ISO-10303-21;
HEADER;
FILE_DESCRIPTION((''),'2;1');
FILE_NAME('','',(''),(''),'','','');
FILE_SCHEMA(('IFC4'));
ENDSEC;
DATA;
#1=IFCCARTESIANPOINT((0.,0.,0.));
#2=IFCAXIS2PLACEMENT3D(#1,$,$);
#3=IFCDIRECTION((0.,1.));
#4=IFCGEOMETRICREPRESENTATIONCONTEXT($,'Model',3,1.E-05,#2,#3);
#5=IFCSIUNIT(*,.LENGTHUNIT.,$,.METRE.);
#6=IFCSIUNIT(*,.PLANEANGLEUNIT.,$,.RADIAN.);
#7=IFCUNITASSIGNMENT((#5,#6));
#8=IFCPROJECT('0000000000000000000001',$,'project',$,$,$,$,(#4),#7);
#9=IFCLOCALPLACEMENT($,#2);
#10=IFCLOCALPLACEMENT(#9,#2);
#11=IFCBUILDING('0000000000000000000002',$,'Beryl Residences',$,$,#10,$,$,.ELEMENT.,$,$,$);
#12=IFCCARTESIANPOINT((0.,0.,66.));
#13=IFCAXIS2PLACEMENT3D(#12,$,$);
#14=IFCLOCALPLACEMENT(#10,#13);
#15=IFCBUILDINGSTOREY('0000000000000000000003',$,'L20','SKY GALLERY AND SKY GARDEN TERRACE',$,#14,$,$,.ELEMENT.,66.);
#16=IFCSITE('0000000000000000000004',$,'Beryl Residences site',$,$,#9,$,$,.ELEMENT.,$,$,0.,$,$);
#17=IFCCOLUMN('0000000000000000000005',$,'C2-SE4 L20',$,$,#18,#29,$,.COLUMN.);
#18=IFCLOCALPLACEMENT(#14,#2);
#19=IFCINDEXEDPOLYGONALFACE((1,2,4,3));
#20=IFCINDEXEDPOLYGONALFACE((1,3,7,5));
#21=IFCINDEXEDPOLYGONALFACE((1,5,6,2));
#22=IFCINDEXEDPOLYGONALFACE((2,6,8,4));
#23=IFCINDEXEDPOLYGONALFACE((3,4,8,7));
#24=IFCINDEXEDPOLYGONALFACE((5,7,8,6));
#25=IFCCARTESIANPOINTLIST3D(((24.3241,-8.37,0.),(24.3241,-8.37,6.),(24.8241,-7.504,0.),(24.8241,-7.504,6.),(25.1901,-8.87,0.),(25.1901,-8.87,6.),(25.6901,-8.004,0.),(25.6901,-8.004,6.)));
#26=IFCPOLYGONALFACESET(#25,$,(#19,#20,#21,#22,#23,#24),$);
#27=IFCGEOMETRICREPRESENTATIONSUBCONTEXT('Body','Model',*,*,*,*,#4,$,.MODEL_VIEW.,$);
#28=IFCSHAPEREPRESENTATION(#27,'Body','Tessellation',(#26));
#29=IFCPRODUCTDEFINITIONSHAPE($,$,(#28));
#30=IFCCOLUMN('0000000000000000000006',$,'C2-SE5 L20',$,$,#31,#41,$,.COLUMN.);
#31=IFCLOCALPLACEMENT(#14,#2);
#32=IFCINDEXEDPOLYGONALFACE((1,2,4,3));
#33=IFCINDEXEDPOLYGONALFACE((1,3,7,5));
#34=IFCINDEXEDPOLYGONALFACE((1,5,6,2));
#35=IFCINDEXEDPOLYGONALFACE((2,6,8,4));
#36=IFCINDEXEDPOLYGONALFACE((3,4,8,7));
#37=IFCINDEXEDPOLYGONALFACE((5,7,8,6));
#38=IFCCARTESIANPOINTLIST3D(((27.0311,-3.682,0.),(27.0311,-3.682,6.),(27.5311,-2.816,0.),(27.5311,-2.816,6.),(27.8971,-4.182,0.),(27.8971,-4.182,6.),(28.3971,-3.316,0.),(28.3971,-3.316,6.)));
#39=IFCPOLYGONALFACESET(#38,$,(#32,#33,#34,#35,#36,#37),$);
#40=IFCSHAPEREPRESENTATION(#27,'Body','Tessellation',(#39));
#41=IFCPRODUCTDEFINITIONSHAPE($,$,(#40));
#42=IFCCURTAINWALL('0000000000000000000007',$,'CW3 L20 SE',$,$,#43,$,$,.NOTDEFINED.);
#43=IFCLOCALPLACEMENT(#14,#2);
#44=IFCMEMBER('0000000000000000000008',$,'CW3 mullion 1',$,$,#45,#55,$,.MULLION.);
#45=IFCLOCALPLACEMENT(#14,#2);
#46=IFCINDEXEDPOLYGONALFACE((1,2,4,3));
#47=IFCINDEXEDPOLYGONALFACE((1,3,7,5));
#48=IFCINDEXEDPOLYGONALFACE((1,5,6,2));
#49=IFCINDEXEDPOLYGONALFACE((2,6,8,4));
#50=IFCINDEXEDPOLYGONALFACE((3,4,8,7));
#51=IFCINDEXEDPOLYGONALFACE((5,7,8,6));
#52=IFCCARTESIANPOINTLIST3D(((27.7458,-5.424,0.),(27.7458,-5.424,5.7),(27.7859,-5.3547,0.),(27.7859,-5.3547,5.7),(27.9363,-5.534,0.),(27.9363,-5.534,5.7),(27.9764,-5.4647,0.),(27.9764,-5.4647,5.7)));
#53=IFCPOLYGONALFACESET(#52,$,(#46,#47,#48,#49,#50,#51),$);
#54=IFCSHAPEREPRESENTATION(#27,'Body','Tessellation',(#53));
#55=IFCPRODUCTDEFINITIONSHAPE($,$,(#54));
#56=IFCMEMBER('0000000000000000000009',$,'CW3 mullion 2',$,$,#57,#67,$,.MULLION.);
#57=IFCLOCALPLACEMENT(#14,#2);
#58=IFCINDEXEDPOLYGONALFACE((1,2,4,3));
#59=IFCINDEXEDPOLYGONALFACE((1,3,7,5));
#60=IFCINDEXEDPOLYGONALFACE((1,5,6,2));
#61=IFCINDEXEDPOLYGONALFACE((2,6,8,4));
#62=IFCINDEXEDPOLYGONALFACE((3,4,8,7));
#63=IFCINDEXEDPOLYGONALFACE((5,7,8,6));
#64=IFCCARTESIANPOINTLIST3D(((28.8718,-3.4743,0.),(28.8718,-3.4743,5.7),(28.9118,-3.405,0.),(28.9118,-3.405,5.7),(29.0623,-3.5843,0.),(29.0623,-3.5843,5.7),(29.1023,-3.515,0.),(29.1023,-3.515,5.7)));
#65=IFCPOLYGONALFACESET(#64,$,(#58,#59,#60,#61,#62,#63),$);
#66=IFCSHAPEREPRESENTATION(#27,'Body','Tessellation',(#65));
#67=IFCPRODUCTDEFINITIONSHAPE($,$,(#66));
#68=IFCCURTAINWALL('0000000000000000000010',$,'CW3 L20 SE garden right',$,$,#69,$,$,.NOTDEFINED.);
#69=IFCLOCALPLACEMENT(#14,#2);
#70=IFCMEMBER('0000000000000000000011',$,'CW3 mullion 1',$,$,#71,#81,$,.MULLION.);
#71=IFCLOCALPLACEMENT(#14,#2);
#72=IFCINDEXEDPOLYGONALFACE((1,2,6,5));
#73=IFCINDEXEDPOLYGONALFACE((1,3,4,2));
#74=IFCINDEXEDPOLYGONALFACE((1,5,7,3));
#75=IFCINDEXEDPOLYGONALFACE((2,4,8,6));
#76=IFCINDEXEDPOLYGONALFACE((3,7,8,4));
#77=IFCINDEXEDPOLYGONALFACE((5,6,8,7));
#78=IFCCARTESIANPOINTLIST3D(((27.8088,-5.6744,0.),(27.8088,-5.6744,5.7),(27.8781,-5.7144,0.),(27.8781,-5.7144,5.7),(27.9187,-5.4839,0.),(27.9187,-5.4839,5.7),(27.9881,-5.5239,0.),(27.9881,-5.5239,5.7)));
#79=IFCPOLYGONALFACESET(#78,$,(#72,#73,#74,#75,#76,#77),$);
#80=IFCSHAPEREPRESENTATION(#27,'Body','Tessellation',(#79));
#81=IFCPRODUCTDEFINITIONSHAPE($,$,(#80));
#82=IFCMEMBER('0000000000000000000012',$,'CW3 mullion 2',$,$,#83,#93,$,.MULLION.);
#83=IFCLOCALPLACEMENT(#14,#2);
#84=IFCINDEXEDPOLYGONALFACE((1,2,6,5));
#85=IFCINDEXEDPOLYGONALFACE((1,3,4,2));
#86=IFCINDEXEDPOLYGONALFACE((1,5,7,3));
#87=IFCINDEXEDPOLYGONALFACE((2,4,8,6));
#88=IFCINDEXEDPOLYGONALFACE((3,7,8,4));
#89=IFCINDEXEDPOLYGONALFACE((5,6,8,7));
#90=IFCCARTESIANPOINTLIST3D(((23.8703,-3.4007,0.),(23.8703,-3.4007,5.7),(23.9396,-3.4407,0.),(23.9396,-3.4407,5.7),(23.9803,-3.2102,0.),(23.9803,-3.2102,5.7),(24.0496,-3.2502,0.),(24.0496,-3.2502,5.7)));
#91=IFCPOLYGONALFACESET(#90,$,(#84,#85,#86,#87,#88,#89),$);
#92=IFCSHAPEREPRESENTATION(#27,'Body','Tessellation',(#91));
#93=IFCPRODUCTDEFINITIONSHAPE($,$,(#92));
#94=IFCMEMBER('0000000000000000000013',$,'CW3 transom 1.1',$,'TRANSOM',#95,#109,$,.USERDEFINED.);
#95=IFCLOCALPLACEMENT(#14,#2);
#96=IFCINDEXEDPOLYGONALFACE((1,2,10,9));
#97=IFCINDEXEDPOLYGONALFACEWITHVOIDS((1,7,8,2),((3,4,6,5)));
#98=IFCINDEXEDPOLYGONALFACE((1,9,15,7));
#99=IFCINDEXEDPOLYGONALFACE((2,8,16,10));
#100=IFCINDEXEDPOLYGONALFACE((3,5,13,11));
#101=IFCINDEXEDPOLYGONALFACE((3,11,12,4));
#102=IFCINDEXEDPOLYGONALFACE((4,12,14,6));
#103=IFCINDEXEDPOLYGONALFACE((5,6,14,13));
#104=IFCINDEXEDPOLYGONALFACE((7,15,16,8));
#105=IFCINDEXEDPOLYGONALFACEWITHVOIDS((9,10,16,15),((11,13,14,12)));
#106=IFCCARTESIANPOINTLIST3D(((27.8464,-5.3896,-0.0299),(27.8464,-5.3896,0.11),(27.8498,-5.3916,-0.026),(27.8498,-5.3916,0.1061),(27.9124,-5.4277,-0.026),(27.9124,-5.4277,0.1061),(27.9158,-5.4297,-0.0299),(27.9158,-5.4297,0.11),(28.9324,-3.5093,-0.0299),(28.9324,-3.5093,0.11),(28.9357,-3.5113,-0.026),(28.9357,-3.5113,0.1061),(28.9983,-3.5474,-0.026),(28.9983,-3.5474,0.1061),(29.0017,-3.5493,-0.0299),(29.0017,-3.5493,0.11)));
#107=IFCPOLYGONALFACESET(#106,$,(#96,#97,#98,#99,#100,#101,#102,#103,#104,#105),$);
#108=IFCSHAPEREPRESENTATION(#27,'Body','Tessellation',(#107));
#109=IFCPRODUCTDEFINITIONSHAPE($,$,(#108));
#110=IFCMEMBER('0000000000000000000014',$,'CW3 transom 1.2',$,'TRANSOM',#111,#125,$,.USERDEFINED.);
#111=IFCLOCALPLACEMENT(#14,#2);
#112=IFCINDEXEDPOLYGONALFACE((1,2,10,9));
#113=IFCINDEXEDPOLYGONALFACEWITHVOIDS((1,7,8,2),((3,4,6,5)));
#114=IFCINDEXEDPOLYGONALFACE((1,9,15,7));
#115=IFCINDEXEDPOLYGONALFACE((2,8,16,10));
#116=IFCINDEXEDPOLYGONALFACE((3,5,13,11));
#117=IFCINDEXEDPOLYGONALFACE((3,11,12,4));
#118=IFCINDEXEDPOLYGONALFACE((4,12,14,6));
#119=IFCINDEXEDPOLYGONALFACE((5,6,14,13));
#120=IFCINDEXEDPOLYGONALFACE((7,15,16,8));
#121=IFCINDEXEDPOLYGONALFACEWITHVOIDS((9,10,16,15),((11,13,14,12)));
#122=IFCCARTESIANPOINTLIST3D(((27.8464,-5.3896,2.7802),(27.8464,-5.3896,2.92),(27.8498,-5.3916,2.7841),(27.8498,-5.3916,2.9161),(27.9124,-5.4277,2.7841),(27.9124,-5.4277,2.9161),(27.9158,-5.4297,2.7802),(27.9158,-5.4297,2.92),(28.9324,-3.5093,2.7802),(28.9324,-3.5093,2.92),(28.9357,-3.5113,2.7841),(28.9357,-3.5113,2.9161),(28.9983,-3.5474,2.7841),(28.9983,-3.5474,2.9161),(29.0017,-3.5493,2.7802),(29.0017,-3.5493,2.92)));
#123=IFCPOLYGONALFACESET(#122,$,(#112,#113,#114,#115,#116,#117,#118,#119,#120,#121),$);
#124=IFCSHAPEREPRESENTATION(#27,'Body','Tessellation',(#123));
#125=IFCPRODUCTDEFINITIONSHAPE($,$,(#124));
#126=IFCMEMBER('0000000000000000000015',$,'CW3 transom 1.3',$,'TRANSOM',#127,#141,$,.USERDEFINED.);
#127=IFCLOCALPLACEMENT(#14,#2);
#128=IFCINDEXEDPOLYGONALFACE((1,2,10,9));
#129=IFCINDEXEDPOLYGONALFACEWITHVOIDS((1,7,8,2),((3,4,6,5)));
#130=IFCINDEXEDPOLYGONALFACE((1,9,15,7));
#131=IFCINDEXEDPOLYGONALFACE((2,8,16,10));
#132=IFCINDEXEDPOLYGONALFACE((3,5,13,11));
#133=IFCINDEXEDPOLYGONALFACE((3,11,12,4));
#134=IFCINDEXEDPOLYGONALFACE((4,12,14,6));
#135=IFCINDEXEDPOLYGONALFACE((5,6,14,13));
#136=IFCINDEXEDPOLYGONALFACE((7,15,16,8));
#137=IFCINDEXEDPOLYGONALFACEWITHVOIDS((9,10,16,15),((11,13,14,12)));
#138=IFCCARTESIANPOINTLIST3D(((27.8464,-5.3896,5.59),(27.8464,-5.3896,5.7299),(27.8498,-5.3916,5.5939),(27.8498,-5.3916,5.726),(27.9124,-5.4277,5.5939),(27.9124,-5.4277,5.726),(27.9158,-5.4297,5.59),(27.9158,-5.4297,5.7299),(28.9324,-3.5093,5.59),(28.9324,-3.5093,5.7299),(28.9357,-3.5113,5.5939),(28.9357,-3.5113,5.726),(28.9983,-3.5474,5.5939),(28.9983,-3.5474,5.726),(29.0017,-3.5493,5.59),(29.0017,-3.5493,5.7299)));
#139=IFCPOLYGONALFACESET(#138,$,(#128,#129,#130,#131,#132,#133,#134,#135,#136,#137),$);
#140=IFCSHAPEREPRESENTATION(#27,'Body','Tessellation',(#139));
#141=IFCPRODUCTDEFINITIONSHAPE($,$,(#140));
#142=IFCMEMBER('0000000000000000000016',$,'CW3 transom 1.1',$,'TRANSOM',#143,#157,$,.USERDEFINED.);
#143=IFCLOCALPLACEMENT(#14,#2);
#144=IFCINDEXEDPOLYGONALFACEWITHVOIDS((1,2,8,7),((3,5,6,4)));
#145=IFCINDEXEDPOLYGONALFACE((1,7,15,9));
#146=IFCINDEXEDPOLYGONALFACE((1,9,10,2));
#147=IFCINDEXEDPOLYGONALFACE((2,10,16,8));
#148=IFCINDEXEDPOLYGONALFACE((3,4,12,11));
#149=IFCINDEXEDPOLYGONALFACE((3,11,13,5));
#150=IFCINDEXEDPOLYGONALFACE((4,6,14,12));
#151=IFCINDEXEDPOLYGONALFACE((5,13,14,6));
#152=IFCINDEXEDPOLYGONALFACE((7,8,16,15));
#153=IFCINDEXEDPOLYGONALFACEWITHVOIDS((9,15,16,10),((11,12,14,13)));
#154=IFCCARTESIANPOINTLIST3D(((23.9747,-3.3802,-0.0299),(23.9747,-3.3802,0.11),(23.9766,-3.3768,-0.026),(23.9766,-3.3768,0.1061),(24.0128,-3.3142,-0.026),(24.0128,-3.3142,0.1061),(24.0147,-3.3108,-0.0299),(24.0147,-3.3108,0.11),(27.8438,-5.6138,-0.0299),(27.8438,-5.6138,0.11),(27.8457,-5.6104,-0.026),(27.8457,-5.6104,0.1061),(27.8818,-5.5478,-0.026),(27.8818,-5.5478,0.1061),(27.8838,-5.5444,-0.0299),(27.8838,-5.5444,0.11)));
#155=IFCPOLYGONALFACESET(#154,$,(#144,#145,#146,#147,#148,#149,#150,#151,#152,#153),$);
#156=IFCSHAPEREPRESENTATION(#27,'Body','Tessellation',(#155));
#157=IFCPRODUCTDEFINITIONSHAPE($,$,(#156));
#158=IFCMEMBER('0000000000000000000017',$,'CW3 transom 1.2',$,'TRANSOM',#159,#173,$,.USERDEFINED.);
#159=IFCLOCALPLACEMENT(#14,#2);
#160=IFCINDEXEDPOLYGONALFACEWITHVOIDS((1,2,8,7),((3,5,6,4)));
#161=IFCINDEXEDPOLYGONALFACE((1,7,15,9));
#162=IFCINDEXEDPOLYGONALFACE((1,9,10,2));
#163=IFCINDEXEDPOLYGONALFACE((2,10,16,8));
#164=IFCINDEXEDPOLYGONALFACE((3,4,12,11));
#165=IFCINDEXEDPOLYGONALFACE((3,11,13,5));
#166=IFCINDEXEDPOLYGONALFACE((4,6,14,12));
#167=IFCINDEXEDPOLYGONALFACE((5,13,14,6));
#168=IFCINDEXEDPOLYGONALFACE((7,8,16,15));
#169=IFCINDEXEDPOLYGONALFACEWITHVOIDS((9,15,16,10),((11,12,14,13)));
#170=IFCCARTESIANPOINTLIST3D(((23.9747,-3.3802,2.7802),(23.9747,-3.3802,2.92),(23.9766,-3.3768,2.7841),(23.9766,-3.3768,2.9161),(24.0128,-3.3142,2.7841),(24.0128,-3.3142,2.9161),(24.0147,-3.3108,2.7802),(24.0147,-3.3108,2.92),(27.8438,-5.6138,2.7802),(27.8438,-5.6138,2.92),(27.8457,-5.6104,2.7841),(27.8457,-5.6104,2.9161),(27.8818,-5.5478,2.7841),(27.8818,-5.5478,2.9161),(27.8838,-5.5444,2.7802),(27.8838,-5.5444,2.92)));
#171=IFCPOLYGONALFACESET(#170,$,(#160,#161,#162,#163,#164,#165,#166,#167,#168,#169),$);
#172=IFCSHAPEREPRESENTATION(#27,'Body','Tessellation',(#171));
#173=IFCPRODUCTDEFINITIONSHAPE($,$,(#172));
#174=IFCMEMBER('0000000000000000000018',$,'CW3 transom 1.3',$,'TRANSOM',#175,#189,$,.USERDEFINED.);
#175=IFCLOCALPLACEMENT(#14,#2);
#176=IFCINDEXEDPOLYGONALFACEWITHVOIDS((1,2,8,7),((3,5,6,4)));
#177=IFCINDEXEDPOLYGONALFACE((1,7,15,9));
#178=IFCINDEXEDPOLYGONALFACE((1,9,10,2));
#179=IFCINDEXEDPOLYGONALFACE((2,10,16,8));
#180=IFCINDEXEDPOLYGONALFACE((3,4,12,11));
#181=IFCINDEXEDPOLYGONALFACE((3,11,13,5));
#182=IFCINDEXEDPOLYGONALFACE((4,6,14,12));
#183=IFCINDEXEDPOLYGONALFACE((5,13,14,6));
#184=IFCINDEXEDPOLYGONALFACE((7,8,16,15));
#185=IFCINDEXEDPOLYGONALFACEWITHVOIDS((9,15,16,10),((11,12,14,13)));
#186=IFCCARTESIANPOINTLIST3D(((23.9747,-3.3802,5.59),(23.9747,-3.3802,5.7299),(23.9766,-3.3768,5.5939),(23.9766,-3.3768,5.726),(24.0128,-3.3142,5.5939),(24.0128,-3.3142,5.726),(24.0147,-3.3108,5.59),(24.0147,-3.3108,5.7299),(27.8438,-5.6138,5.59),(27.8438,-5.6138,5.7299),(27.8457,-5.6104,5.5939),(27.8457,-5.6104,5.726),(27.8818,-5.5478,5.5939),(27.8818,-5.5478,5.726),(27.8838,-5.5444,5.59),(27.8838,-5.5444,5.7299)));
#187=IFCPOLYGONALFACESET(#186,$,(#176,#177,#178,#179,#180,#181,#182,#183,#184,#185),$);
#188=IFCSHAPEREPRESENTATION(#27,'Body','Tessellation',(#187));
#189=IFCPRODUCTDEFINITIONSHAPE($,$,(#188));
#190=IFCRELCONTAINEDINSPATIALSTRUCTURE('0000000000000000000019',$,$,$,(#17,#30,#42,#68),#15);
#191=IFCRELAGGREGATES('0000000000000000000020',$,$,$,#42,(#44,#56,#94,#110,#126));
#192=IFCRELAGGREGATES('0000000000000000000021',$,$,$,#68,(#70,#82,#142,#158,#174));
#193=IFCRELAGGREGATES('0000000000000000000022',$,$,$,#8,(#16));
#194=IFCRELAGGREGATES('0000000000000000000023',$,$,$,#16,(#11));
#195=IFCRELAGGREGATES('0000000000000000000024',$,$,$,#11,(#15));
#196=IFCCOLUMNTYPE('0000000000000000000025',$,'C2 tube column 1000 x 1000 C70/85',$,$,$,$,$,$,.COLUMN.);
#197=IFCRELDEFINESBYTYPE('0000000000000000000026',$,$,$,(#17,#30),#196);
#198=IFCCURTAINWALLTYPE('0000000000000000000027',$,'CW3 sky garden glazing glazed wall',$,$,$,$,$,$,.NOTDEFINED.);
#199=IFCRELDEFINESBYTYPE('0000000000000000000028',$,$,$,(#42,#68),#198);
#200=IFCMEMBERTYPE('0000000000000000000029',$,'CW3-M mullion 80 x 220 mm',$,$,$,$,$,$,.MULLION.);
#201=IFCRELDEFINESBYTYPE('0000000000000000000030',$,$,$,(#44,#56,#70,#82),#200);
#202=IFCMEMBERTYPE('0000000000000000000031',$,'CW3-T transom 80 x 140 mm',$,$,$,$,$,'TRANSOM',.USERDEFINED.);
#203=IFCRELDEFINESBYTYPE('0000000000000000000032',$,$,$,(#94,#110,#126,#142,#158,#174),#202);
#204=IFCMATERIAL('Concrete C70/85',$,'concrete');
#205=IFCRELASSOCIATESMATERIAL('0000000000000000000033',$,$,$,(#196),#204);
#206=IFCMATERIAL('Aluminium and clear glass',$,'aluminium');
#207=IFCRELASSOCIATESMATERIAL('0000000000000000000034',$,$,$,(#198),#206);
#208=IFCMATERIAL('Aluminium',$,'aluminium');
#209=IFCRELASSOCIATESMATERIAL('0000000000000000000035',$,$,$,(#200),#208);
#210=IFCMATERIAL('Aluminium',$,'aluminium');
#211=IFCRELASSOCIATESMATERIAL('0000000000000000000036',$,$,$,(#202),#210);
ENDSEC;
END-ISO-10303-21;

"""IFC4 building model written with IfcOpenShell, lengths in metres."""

from ifc_helpers import new_model, si_unit, direction, frame, origin, origin_2d, place, context, subcontext, project, spatial, rectangle, hollow_rectangle, extrude, material, material_profile, profile_set, type_object, element, aggregate, save


model = new_model("IFC4")

# Units and contexts
model_context = context("Model", 3, precision=1e-05, world=origin(), true_north=direction((0.0, 1.0)))
body_context = subcontext(model_context, "Body", "Model", "MODEL_VIEW")
ifc_project = project(units=[si_unit("LENGTHUNIT", "METRE"), si_unit("PLANEANGLEUNIT", "RADIAN")], contexts=[model_context])

# Site, building, storey
site_placement = place(None, origin())
site = spatial("IfcSite", under=ifc_project, at=site_placement, Name="Beryl Residences site", CompositionType="ELEMENT", RefElevation=0.0)
building_placement = place(site_placement, origin())
building = spatial("IfcBuilding", under=site, at=building_placement, Name="Beryl Residences", CompositionType="ELEMENT")
storey_placement = place(building_placement, frame((0.0, 0.0, 66.0)))
storey = spatial("IfcBuildingStorey", under=building, at=storey_placement, Name="L20", Description="SKY GALLERY AND SKY GARDEN TERRACE", CompositionType="ELEMENT", Elevation=66.0)

# Columns
ifc_material_1 = material(Name="Concrete C70/85", Category="concrete")
ifc_material_profile_1 = material_profile(ifc_material_1, rectangle(XDim=1.0, YDim=1.0, at=origin_2d()))
ifc_profile_set_1 = profile_set([ifc_material_profile_1], Name="Concrete C70/85")
column_type = type_object("IfcColumnType", Name="C2 tube column 1000 x 1000 C70/85", PredefinedType="COLUMN", material=ifc_profile_set_1)
for number, where, z_axis, x_axis, name in (
    (1, (25.0071, -8.187, 0.0), (0.0, 0.0, 1.0), (0.5, 0.866025, 0.0), "C2-SE4 L20"),
    (2, (27.7141, -3.499, 0.0), (0.0, 0.0, 1.0), (0.5, 0.866025, 0.0), "C2-SE5 L20"),
):
    element("IfcColumn", number, at=place(storey_placement, frame(where, z_axis=z_axis, x_axis=x_axis)), inside=storey, type_object=column_type, Name=name, PredefinedType="COLUMN", context=body_context, shape_type="SweptSolid", body=[
        extrude(rectangle(XDim=1.0, YDim=1.0, at=origin_2d()), origin(), (0.0, 0.0, 1.0), 6.0),
    ])

# Curtain walls, members
ifc_material_2 = material(Name="Aluminium and clear glass", Category="aluminium")
curtain_wall_type = type_object("IfcCurtainWallType", Name="CW3 sky garden glazing glazed wall", PredefinedType="NOTDEFINED", material=ifc_material_2)
curtain_wall_1_placement = place(storey_placement, origin())
curtain_wall_1 = element("IfcCurtainWall", 3, at=curtain_wall_1_placement, inside=storey, type_object=curtain_wall_type, Name="CW3 L20 SE", PredefinedType="NOTDEFINED")
ifc_material_3 = material(Name="Aluminium", Category="aluminium")
ifc_material_profile_2 = material_profile(ifc_material_3, rectangle(XDim=0.0801, YDim=0.22, at=origin_2d()))
ifc_profile_set_2 = profile_set([ifc_material_profile_2], Name="Aluminium")
member_type_1 = type_object("IfcMemberType", Name="CW3-M mullion 80 x 220 mm", PredefinedType="MULLION", material=ifc_profile_set_2)
member_1_placement = place(storey_placement, frame((27.8611, -5.4443, 0.0), z_axis=(0.0, 0.0, 1.0), x_axis=(0.500106, 0.865964, 0.0)))
member_1 = element("IfcMember", 4, at=member_1_placement, type_object=member_type_1, Name="CW3 mullion 1", PredefinedType="MULLION", context=body_context, shape_type="SweptSolid", body=[
    extrude(rectangle(XDim=0.0801, YDim=0.22, at=origin_2d()), origin(), (0.0, 0.0, 1.0), 5.7),
])
member_2_placement = place(storey_placement, frame((28.9871, -3.4946, 0.0), z_axis=(0.0, 0.0, 1.0), x_axis=(0.500106, 0.865964, 0.0)))
member_2 = element("IfcMember", 5, at=member_2_placement, type_object=member_type_1, Name="CW3 mullion 2", PredefinedType="MULLION", context=body_context, shape_type="SweptSolid", body=[
    extrude(rectangle(XDim=0.0801, YDim=0.22, at=origin_2d()), origin(), (0.0, 0.0, 1.0), 5.7),
])
curtain_wall_2_placement = place(storey_placement, origin())
curtain_wall_2 = element("IfcCurtainWall", 6, at=curtain_wall_2_placement, inside=storey, type_object=curtain_wall_type, Name="CW3 L20 SE garden right", PredefinedType="NOTDEFINED")
member_3_placement = place(storey_placement, frame((27.8984, -5.5991, 0.0), z_axis=(0.0, 0.0, 1.0), x_axis=(-0.866055, 0.499949, 0.0)))
member_3 = element("IfcMember", 7, at=member_3_placement, type_object=member_type_1, Name="CW3 mullion 1", PredefinedType="MULLION", context=body_context, shape_type="SweptSolid", body=[
    extrude(rectangle(XDim=0.0801, YDim=0.22, at=origin_2d()), origin(), (0.0, 0.0, 1.0), 5.7),
])
member_4_placement = place(storey_placement, frame((23.96, -3.3254, 0.0), z_axis=(0.0, 0.0, 1.0), x_axis=(-0.866055, 0.499949, 0.0)))
member_4 = element("IfcMember", 8, at=member_4_placement, type_object=member_type_1, Name="CW3 mullion 2", PredefinedType="MULLION", context=body_context, shape_type="SweptSolid", body=[
    extrude(rectangle(XDim=0.0801, YDim=0.22, at=origin_2d()), origin(), (0.0, 0.0, 1.0), 5.7),
])

# Members
ifc_material_4 = material(Name="Aluminium", Category="aluminium")
ifc_material_profile_3 = material_profile(ifc_material_4, hollow_rectangle(XDim=0.0801, YDim=0.1399, WallThickness=0.0039, at=origin_2d()))
ifc_profile_set_3 = profile_set([ifc_material_profile_3], Name="Aluminium")
member_type_2 = type_object("IfcMemberType", Name="CW3-T transom 80 x 140 mm", ElementType="TRANSOM", PredefinedType="USERDEFINED", material=ifc_profile_set_3)
member_5_placement = place(storey_placement, frame((27.8811, -5.4097, 0.04), z_axis=(0.500105, 0.865965, 0.0), x_axis=(-0.865965, 0.500105, 0.0)))
member_5 = element("IfcMember", 9, at=member_5_placement, type_object=member_type_2, Name="CW3 transom 1.1", ObjectType="TRANSOM", PredefinedType="USERDEFINED", context=body_context, shape_type="SweptSolid", body=[
    extrude(hollow_rectangle(XDim=0.0801, YDim=0.1399, WallThickness=0.0039, at=origin_2d()), origin(), (0.0, 0.0, 1.0), 2.1714),
])
member_6_placement = place(storey_placement, frame((27.8811, -5.4097, 2.8501), z_axis=(0.500105, 0.865965, 0.0), x_axis=(-0.865965, 0.500105, 0.0)))
member_6 = element("IfcMember", 10, at=member_6_placement, type_object=member_type_2, Name="CW3 transom 1.2", ObjectType="TRANSOM", PredefinedType="USERDEFINED", context=body_context, shape_type="SweptSolid", body=[
    extrude(hollow_rectangle(XDim=0.0801, YDim=0.1399, WallThickness=0.0039, at=origin_2d()), origin(), (0.0, 0.0, 1.0), 2.1714),
])
member_7_placement = place(storey_placement, frame((27.8811, -5.4097, 5.6599), z_axis=(0.500105, 0.865965, 0.0), x_axis=(-0.865965, 0.500105, 0.0)))
member_7 = element("IfcMember", 11, at=member_7_placement, type_object=member_type_2, Name="CW3 transom 1.3", ObjectType="TRANSOM", PredefinedType="USERDEFINED", context=body_context, shape_type="SweptSolid", body=[
    extrude(hollow_rectangle(XDim=0.0801, YDim=0.1399, WallThickness=0.0039, at=origin_2d()), origin(), (0.0, 0.0, 1.0), 2.1714),
])
member_8_placement = place(storey_placement, frame((27.8638, -5.5791, 0.04), z_axis=(-0.866045, 0.499965, 0.0), x_axis=(-0.499965, -0.866045, 0.0)))
member_8 = element("IfcMember", 12, at=member_8_placement, type_object=member_type_2, Name="CW3 transom 1.1", ObjectType="TRANSOM", PredefinedType="USERDEFINED", context=body_context, shape_type="SweptSolid", body=[
    extrude(hollow_rectangle(XDim=0.0801, YDim=0.1399, WallThickness=0.0039, at=origin_2d()), origin(), (0.0, 0.0, 1.0), 4.4675),
])
member_9_placement = place(storey_placement, frame((27.8638, -5.5791, 2.8501), z_axis=(-0.866045, 0.499965, 0.0), x_axis=(-0.499965, -0.866045, 0.0)))
member_9 = element("IfcMember", 13, at=member_9_placement, type_object=member_type_2, Name="CW3 transom 1.2", ObjectType="TRANSOM", PredefinedType="USERDEFINED", context=body_context, shape_type="SweptSolid", body=[
    extrude(hollow_rectangle(XDim=0.0801, YDim=0.1399, WallThickness=0.0039, at=origin_2d()), origin(), (0.0, 0.0, 1.0), 4.4675),
])
member_10_placement = place(storey_placement, frame((27.8638, -5.5791, 5.6599), z_axis=(-0.866045, 0.499965, 0.0), x_axis=(-0.499965, -0.866045, 0.0)))
member_10 = element("IfcMember", 14, at=member_10_placement, type_object=member_type_2, Name="CW3 transom 1.3", ObjectType="TRANSOM", PredefinedType="USERDEFINED", context=body_context, shape_type="SweptSolid", body=[
    extrude(hollow_rectangle(XDim=0.0801, YDim=0.1399, WallThickness=0.0039, at=origin_2d()), origin(), (0.0, 0.0, 1.0), 4.4675),
])

aggregate(curtain_wall_1, [member_1, member_2, member_5, member_6, member_7])
aggregate(curtain_wall_2, [member_3, member_4, member_8, member_9, member_10])

save(model, "model.ifc")
